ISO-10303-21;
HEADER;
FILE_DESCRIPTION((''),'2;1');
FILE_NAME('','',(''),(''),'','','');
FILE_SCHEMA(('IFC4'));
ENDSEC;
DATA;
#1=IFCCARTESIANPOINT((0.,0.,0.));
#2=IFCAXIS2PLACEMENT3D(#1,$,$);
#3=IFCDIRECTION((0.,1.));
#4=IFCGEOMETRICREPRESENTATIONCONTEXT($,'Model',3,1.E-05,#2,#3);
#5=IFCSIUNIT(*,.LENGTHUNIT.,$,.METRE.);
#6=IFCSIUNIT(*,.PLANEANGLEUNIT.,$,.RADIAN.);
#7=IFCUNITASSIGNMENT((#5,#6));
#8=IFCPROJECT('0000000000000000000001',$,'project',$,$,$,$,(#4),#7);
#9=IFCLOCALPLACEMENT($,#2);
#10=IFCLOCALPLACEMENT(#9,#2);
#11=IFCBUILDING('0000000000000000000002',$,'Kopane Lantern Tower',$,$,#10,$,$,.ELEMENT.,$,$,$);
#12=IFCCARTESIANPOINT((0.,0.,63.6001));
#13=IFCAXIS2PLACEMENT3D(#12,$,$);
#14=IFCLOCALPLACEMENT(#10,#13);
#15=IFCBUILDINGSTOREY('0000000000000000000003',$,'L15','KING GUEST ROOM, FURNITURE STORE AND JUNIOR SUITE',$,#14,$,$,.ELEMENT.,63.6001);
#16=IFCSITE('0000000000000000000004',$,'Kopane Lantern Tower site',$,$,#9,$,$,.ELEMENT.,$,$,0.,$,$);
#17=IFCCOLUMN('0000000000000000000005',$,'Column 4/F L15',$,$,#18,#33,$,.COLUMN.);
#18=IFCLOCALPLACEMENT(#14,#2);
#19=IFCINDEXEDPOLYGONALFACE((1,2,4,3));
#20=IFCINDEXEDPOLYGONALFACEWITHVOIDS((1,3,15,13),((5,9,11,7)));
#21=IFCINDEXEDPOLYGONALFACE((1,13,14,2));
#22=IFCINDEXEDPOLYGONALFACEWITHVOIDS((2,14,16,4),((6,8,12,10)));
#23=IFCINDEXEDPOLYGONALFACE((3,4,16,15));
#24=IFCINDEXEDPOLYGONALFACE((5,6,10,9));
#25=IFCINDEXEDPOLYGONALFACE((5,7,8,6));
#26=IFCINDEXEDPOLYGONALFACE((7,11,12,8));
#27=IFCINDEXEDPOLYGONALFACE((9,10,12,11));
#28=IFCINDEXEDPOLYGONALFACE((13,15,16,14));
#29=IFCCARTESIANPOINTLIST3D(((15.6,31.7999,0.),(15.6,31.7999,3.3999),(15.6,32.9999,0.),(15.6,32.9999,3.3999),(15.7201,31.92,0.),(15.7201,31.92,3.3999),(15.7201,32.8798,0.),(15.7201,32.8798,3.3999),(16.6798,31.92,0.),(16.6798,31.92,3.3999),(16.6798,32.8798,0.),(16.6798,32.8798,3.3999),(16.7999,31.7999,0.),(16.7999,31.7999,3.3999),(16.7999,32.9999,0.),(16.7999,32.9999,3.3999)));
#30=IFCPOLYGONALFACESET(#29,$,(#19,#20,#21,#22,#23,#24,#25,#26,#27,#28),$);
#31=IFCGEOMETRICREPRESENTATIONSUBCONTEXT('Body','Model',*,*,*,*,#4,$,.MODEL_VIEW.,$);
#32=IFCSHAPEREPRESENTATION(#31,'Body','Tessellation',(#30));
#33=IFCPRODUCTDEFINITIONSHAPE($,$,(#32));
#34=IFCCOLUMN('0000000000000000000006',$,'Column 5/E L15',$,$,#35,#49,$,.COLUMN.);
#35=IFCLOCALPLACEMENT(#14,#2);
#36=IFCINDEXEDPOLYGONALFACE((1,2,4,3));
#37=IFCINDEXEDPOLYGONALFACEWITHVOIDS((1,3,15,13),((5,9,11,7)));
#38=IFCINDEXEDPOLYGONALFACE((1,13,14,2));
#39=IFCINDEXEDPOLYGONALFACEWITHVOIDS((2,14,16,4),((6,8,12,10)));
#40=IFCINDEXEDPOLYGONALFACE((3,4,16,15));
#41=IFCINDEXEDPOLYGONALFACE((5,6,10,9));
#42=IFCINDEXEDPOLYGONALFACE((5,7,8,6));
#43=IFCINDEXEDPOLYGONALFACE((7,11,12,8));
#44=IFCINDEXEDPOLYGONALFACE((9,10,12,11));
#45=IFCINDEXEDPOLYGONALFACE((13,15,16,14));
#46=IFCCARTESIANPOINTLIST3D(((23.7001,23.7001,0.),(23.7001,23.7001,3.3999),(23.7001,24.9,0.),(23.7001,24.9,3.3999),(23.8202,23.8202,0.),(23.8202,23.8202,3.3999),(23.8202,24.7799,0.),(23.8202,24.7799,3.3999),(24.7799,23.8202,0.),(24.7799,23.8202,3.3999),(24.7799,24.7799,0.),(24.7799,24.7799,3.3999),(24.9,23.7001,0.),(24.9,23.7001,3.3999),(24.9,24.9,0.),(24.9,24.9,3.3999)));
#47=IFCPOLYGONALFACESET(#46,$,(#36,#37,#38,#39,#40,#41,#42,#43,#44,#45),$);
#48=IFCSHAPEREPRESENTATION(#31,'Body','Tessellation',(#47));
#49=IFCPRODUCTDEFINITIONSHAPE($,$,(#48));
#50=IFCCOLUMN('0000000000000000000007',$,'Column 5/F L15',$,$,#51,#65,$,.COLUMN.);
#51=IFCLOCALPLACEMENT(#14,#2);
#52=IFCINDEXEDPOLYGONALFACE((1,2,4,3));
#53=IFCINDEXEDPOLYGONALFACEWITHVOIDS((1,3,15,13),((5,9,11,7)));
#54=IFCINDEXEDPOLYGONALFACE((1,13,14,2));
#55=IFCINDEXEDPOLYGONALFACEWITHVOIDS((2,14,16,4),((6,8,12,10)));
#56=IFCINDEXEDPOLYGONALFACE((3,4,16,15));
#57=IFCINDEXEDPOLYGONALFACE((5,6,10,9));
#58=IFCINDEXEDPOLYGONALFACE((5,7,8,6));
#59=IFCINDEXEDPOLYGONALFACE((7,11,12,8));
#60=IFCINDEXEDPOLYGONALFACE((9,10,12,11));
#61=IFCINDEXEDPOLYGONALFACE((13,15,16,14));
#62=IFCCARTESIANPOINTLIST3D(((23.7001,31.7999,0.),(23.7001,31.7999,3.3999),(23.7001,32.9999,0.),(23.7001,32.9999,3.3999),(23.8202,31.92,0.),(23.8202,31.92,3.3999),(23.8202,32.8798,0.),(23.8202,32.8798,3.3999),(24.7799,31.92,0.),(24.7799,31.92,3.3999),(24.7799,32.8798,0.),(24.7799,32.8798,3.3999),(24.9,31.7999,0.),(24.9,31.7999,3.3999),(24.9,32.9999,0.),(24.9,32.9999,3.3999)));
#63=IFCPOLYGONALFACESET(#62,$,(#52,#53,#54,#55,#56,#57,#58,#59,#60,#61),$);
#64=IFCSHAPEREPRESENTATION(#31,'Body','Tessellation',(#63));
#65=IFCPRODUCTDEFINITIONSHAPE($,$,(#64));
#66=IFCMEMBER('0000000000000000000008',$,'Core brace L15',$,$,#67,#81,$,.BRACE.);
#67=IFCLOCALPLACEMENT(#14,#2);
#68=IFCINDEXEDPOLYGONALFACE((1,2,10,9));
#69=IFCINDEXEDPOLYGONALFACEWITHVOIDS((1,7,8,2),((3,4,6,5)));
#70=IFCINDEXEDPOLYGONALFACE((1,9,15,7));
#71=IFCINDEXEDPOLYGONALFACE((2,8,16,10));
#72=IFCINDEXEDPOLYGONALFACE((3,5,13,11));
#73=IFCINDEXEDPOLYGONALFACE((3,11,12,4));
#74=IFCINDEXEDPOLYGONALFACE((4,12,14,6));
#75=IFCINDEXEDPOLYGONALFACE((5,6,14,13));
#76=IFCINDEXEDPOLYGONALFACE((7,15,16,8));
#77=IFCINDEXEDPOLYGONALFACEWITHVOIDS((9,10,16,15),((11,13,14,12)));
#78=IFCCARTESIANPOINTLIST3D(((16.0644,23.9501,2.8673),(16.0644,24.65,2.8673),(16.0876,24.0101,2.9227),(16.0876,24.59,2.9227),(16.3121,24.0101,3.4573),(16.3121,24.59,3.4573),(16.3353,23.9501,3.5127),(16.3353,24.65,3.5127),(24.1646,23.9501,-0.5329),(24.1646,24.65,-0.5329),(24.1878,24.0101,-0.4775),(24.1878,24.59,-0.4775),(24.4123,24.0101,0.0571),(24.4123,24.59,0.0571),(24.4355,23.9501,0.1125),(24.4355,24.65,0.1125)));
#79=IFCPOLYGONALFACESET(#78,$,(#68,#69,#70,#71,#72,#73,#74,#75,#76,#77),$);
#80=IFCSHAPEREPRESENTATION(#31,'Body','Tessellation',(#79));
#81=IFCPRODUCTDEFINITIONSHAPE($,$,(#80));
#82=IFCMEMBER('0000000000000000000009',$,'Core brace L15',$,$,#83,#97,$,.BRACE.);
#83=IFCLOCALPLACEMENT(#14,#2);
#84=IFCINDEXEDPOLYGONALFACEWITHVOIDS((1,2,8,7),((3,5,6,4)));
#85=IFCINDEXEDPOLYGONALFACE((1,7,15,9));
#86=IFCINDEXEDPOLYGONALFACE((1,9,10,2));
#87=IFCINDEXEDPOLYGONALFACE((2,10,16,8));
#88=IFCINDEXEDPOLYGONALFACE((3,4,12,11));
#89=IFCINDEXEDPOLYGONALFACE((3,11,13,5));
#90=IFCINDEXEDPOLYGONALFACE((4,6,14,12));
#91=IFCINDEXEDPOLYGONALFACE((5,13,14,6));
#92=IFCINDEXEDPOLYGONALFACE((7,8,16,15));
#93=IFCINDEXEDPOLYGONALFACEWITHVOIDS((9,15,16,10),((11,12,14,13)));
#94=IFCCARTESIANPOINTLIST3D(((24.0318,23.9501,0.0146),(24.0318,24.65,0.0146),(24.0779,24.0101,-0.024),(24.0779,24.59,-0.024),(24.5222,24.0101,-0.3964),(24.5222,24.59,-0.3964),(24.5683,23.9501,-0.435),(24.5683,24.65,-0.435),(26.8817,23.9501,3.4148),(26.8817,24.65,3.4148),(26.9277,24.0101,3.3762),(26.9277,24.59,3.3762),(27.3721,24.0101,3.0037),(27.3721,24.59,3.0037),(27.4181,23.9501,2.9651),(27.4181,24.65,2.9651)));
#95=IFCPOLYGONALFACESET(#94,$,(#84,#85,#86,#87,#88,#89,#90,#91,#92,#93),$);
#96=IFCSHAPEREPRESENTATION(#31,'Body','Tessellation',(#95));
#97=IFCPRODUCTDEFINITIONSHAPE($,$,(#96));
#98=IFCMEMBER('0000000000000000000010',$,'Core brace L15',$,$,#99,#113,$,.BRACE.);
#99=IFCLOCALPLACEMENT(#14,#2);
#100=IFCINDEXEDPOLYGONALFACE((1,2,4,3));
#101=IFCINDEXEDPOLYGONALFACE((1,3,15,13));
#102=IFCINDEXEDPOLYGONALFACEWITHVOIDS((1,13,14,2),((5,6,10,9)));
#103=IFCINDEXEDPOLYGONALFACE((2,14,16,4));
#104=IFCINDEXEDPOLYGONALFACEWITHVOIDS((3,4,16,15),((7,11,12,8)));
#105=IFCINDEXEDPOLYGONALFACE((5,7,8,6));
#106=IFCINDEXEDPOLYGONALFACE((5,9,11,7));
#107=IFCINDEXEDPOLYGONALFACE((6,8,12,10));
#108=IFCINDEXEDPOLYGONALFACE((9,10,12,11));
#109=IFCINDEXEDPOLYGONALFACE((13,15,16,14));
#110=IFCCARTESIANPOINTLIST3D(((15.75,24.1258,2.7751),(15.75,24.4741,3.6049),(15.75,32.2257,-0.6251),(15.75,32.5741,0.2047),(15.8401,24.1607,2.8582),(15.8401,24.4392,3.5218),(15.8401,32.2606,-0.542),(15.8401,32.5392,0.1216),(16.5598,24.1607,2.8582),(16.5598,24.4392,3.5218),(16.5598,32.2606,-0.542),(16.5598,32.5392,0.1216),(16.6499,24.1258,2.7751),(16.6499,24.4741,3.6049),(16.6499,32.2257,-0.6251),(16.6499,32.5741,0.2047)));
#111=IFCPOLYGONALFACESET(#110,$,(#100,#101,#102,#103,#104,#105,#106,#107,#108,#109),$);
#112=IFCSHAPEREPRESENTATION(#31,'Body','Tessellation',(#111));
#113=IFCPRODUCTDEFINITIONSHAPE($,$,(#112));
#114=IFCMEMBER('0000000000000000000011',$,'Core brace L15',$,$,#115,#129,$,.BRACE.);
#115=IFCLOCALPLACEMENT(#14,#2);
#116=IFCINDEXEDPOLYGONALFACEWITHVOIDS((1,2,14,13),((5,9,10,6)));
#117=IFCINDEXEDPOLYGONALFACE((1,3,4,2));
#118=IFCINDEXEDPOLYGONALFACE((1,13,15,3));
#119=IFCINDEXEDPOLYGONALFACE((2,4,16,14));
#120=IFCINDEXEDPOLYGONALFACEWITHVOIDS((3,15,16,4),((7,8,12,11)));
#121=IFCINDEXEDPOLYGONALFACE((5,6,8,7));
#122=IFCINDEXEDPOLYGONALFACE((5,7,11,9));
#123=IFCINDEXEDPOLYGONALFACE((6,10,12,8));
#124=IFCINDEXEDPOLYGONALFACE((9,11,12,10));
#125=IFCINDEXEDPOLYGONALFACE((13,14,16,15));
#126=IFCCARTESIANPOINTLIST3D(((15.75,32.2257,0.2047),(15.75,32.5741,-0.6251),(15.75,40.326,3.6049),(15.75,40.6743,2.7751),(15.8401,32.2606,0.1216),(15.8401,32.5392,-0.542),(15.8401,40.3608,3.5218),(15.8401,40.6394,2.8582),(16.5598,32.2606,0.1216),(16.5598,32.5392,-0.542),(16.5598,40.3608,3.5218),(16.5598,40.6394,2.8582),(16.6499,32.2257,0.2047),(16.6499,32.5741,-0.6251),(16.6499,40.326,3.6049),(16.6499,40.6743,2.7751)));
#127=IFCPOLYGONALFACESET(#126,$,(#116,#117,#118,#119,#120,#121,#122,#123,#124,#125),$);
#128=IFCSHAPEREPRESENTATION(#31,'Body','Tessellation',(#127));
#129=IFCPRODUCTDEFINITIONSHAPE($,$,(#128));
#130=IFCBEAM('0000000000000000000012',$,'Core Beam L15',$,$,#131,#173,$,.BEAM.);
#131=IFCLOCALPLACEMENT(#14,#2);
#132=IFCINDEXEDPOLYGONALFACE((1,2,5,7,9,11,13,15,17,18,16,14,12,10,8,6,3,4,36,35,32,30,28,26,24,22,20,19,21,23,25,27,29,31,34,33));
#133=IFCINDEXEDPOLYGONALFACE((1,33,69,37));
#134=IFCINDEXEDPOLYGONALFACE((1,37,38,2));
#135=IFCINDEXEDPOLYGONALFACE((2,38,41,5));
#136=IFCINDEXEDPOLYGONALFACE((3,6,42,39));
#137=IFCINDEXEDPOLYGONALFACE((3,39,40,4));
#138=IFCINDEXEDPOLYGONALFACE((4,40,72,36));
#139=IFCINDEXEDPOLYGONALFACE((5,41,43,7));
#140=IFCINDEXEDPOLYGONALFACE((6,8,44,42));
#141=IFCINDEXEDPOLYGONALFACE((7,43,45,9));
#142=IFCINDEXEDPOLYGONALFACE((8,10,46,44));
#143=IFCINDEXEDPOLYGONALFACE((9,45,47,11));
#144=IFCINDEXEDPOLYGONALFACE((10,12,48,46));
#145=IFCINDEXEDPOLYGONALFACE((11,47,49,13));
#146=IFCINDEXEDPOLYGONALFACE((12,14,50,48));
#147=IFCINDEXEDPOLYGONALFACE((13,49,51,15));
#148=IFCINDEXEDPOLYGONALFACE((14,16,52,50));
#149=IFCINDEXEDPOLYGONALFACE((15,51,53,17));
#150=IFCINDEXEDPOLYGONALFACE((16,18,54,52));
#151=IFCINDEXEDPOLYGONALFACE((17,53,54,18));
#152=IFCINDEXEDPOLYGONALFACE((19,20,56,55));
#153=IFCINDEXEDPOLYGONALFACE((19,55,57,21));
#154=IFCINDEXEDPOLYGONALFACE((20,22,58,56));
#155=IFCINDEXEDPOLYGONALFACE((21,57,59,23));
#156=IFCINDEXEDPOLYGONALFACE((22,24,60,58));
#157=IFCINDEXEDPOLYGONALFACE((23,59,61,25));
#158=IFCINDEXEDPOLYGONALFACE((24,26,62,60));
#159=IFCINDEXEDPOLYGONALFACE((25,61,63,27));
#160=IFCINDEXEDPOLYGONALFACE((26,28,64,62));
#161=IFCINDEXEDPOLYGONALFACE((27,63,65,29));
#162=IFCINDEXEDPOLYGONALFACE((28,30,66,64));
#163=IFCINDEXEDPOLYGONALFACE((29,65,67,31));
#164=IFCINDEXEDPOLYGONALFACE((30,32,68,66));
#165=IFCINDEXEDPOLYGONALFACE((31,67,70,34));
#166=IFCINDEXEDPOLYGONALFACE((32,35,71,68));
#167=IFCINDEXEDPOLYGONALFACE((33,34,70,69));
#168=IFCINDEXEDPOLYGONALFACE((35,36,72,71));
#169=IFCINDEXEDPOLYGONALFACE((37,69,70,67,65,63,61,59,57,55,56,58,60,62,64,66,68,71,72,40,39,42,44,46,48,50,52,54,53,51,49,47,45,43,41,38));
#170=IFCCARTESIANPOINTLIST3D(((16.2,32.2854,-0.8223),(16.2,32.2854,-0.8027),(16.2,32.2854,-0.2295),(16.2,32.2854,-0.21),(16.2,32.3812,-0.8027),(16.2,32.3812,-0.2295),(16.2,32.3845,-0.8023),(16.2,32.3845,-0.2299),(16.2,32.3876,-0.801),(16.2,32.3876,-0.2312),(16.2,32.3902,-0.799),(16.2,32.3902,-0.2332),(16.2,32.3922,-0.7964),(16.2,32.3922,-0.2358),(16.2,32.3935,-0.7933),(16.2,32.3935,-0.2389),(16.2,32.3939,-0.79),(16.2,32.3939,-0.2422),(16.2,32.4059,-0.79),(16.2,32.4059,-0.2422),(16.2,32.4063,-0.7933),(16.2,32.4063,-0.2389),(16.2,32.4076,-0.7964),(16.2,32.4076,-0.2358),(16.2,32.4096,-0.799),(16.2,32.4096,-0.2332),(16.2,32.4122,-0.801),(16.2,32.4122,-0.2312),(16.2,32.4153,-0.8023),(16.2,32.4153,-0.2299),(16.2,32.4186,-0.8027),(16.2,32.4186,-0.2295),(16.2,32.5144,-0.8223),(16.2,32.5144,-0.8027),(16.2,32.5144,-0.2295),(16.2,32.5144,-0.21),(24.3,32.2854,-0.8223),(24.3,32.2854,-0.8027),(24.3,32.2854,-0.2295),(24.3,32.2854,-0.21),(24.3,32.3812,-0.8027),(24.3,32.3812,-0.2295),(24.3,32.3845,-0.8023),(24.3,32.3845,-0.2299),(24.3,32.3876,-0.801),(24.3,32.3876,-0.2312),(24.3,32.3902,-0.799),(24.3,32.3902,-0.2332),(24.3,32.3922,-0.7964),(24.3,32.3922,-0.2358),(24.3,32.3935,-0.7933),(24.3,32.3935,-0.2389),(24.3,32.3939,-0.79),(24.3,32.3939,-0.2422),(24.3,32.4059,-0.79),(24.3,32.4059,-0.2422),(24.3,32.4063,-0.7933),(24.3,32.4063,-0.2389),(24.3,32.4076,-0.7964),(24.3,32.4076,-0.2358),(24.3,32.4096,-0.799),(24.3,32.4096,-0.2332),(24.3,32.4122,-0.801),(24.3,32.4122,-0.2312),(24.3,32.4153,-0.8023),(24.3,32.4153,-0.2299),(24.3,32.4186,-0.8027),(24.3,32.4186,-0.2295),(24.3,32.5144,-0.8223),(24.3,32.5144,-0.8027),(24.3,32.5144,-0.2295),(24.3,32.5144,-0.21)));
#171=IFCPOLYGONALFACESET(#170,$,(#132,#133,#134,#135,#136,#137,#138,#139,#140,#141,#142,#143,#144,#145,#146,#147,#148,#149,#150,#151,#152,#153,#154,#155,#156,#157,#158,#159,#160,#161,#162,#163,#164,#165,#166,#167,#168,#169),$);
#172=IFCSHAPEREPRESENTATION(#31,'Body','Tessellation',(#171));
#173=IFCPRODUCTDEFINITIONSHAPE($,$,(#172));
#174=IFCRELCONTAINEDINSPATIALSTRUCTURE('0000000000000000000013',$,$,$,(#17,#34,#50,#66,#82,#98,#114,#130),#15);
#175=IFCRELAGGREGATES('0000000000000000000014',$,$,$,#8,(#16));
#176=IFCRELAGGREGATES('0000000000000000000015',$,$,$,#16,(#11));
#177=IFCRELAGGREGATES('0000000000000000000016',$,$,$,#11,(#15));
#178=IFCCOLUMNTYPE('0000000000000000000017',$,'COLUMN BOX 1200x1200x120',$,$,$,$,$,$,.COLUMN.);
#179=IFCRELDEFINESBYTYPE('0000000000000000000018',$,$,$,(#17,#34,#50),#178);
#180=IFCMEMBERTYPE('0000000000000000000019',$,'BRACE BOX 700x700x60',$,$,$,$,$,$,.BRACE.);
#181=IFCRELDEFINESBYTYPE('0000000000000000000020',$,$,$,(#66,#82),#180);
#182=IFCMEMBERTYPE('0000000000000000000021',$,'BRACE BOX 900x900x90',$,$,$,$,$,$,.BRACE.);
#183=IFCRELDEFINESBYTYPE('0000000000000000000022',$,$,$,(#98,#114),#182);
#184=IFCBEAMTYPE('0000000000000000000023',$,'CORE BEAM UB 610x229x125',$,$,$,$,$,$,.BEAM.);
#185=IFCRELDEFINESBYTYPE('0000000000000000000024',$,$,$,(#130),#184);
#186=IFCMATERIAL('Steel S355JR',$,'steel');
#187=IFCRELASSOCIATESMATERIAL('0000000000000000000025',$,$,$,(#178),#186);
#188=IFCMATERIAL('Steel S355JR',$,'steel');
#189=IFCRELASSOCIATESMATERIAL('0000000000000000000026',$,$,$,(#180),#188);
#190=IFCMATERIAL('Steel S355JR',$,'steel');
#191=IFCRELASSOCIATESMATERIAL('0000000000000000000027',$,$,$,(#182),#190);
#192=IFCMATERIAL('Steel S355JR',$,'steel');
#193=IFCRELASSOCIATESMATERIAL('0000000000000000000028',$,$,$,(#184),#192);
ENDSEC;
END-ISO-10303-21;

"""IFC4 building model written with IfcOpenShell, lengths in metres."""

from ifc_helpers import new_model, si_unit, direction, frame, origin, origin_2d, place, context, subcontext, project, spatial, hollow_rectangle, i_section, extrude, material, material_profile, profile_set, type_object, element, save


model = new_model("IFC4")

# Units and contexts
model_context = context("Model", 3, precision=1e-05, world=origin(), true_north=direction((0.0, 1.0)))
body_context = subcontext(model_context, "Body", "Model", "MODEL_VIEW")
ifc_project = project(units=[si_unit("LENGTHUNIT", "METRE"), si_unit("PLANEANGLEUNIT", "RADIAN")], contexts=[model_context])

# Site, building, storey
site_placement = place(None, origin())
site = spatial("IfcSite", under=ifc_project, at=site_placement, Name="Kopane Lantern Tower site", CompositionType="ELEMENT", RefElevation=0.0)
building_placement = place(site_placement, origin())
building = spatial("IfcBuilding", under=site, at=building_placement, Name="Kopane Lantern Tower", CompositionType="ELEMENT")
storey_placement = place(building_placement, frame((0.0, 0.0, 63.6001)))
storey = spatial("IfcBuildingStorey", under=building, at=storey_placement, Name="L15", Description="KING GUEST ROOM, FURNITURE STORE AND JUNIOR SUITE", CompositionType="ELEMENT", Elevation=63.6001)

# Columns
ifc_material_1 = material(Name="Steel S355JR", Category="steel")
ifc_material_profile_1 = material_profile(ifc_material_1, hollow_rectangle(XDim=1.2, YDim=1.2, WallThickness=0.1201, at=origin_2d()), Name="BOX 1200x1200x120")
ifc_profile_set_1 = profile_set([ifc_material_profile_1], Name="Steel S355JR")
column_type = type_object("IfcColumnType", Name="COLUMN BOX 1200x1200x120", PredefinedType="COLUMN", material=ifc_profile_set_1)
for number, where, z_axis, x_axis, name in (
    (1, (16.2, 32.3999, 0.0), (0.0, 0.0, 1.0), (1.0, 0.0, 0.0), "Column 4/F L15"),
    (2, (24.3, 24.3, 0.0), (0.0, 0.0, 1.0), (1.0, 0.0, 0.0), "Column 5/E L15"),
    (3, (24.3, 32.3999, 0.0), (0.0, 0.0, 1.0), (1.0, 0.0, 0.0), "Column 5/F L15"),
):
    element("IfcColumn", number, at=place(storey_placement, frame(where, z_axis=z_axis, x_axis=x_axis)), inside=storey, type_object=column_type, Name=name, PredefinedType="COLUMN", context=body_context, shape_type="SweptSolid", body=[
        extrude(hollow_rectangle(XDim=1.2, YDim=1.2, WallThickness=0.1201, at=origin_2d()), origin(), (0.0, 0.0, 1.0), 3.3999),
    ])

# Members
ifc_material_2 = material(Name="Steel S355JR", Category="steel")
ifc_material_profile_2 = material_profile(ifc_material_2, hollow_rectangle(XDim=0.7, YDim=0.7, WallThickness=0.0601, at=origin_2d()), Name="BOX 700x700x60")
ifc_profile_set_2 = profile_set([ifc_material_profile_2], Name="Steel S355JR")
member_type_1 = type_object("IfcMemberType", Name="BRACE BOX 700x700x60", PredefinedType="BRACE", material=ifc_profile_set_2)
member_1_placement = place(storey_placement, frame((24.3, 24.3, -0.2102), z_axis=(-0.922059, 0.0, 0.387049), x_axis=(0.0, -1.0, 0.0)))
element("IfcMember", 4, at=member_1_placement, inside=storey, type_object=member_type_1, Name="Core brace L15", PredefinedType="BRACE", context=body_context, shape_type="SweptSolid", body=[
    extrude(hollow_rectangle(XDim=0.7, YDim=0.7, WallThickness=0.0601, at=origin_2d()), origin(), (0.0, 0.0, 1.0), 8.7849),
])
member_2_placement = place(storey_placement, frame((24.3, 24.3, -0.2102), z_axis=(0.642363, 0.0, 0.7664), x_axis=(0.0, 1.0, 0.0)))
element("IfcMember", 5, at=member_2_placement, inside=storey, type_object=member_type_1, Name="Core brace L15", PredefinedType="BRACE", context=body_context, shape_type="SweptSolid", body=[
    extrude(hollow_rectangle(XDim=0.7, YDim=0.7, WallThickness=0.0601, at=origin_2d()), origin(), (0.0, 0.0, 1.0), 4.4365),
])
ifc_material_3 = material(Name="Steel S355JR", Category="steel")
ifc_material_profile_3 = material_profile(ifc_material_3, hollow_rectangle(XDim=0.8999, YDim=0.8999, WallThickness=0.0901, at=origin_2d()), Name="BOX 900x900x90")
ifc_profile_set_3 = profile_set([ifc_material_profile_3], Name="Steel S355JR")
member_type_2 = type_object("IfcMemberType", Name="BRACE BOX 900x900x90", PredefinedType="BRACE", material=ifc_profile_set_3)
member_3_placement = place(storey_placement, frame((16.2, 32.3999, -0.2102), z_axis=(0.0, -0.922055, 0.387059), x_axis=(1.0, 0.0, 0.0)))
element("IfcMember", 6, at=member_3_placement, inside=storey, type_object=member_type_2, Name="Core brace L15", PredefinedType="BRACE", context=body_context, shape_type="SweptSolid", body=[
    extrude(hollow_rectangle(XDim=0.8999, YDim=0.8999, WallThickness=0.0901, at=origin_2d()), origin(), (0.0, 0.0, 1.0), 8.7847),
])
member_4_placement = place(storey_placement, frame((16.2, 32.3999, -0.2102), z_axis=(0.0, 0.922059, 0.387049), x_axis=(-1.0, 0.0, 0.0)))
element("IfcMember", 7, at=member_4_placement, inside=storey, type_object=member_type_2, Name="Core brace L15", PredefinedType="BRACE", context=body_context, shape_type="SweptSolid", body=[
    extrude(hollow_rectangle(XDim=0.8999, YDim=0.8999, WallThickness=0.0901, at=origin_2d()), origin(), (0.0, 0.0, 1.0), 8.7849),
])

# Beam
ifc_material_4 = material(Name="Steel S355JR", Category="steel")
ifc_material_profile_4 = material_profile(ifc_material_4, i_section(OverallWidth=0.229, OverallDepth=0.6123, WebThickness=0.012, FlangeThickness=0.0195, FilletRadius=0.0127, at=origin_2d()), Name="UB 610x229x125")
ifc_profile_set_4 = profile_set([ifc_material_profile_4], Name="Steel S355JR")
beam_type_1 = type_object("IfcBeamType", Name="CORE BEAM UB 610x229x125", PredefinedType="BEAM", material=ifc_profile_set_4)
beam_1_placement = place(storey_placement, frame((16.2, 32.3999, -0.5161), z_axis=(1.0, 0.0, 0.0), x_axis=(0.0, 1.0, 0.0)))
element("IfcBeam", 8, at=beam_1_placement, inside=storey, type_object=beam_type_1, Name="Core Beam L15", PredefinedType="BEAM", context=body_context, shape_type="SweptSolid", body=[
    extrude(i_section(OverallWidth=0.229, OverallDepth=0.6123, WebThickness=0.012, FlangeThickness=0.0195, FilletRadius=0.0127, at=origin_2d()), origin(), (0.0, 0.0, 1.0), 8.1001),
])

save(model, "model.ifc")
